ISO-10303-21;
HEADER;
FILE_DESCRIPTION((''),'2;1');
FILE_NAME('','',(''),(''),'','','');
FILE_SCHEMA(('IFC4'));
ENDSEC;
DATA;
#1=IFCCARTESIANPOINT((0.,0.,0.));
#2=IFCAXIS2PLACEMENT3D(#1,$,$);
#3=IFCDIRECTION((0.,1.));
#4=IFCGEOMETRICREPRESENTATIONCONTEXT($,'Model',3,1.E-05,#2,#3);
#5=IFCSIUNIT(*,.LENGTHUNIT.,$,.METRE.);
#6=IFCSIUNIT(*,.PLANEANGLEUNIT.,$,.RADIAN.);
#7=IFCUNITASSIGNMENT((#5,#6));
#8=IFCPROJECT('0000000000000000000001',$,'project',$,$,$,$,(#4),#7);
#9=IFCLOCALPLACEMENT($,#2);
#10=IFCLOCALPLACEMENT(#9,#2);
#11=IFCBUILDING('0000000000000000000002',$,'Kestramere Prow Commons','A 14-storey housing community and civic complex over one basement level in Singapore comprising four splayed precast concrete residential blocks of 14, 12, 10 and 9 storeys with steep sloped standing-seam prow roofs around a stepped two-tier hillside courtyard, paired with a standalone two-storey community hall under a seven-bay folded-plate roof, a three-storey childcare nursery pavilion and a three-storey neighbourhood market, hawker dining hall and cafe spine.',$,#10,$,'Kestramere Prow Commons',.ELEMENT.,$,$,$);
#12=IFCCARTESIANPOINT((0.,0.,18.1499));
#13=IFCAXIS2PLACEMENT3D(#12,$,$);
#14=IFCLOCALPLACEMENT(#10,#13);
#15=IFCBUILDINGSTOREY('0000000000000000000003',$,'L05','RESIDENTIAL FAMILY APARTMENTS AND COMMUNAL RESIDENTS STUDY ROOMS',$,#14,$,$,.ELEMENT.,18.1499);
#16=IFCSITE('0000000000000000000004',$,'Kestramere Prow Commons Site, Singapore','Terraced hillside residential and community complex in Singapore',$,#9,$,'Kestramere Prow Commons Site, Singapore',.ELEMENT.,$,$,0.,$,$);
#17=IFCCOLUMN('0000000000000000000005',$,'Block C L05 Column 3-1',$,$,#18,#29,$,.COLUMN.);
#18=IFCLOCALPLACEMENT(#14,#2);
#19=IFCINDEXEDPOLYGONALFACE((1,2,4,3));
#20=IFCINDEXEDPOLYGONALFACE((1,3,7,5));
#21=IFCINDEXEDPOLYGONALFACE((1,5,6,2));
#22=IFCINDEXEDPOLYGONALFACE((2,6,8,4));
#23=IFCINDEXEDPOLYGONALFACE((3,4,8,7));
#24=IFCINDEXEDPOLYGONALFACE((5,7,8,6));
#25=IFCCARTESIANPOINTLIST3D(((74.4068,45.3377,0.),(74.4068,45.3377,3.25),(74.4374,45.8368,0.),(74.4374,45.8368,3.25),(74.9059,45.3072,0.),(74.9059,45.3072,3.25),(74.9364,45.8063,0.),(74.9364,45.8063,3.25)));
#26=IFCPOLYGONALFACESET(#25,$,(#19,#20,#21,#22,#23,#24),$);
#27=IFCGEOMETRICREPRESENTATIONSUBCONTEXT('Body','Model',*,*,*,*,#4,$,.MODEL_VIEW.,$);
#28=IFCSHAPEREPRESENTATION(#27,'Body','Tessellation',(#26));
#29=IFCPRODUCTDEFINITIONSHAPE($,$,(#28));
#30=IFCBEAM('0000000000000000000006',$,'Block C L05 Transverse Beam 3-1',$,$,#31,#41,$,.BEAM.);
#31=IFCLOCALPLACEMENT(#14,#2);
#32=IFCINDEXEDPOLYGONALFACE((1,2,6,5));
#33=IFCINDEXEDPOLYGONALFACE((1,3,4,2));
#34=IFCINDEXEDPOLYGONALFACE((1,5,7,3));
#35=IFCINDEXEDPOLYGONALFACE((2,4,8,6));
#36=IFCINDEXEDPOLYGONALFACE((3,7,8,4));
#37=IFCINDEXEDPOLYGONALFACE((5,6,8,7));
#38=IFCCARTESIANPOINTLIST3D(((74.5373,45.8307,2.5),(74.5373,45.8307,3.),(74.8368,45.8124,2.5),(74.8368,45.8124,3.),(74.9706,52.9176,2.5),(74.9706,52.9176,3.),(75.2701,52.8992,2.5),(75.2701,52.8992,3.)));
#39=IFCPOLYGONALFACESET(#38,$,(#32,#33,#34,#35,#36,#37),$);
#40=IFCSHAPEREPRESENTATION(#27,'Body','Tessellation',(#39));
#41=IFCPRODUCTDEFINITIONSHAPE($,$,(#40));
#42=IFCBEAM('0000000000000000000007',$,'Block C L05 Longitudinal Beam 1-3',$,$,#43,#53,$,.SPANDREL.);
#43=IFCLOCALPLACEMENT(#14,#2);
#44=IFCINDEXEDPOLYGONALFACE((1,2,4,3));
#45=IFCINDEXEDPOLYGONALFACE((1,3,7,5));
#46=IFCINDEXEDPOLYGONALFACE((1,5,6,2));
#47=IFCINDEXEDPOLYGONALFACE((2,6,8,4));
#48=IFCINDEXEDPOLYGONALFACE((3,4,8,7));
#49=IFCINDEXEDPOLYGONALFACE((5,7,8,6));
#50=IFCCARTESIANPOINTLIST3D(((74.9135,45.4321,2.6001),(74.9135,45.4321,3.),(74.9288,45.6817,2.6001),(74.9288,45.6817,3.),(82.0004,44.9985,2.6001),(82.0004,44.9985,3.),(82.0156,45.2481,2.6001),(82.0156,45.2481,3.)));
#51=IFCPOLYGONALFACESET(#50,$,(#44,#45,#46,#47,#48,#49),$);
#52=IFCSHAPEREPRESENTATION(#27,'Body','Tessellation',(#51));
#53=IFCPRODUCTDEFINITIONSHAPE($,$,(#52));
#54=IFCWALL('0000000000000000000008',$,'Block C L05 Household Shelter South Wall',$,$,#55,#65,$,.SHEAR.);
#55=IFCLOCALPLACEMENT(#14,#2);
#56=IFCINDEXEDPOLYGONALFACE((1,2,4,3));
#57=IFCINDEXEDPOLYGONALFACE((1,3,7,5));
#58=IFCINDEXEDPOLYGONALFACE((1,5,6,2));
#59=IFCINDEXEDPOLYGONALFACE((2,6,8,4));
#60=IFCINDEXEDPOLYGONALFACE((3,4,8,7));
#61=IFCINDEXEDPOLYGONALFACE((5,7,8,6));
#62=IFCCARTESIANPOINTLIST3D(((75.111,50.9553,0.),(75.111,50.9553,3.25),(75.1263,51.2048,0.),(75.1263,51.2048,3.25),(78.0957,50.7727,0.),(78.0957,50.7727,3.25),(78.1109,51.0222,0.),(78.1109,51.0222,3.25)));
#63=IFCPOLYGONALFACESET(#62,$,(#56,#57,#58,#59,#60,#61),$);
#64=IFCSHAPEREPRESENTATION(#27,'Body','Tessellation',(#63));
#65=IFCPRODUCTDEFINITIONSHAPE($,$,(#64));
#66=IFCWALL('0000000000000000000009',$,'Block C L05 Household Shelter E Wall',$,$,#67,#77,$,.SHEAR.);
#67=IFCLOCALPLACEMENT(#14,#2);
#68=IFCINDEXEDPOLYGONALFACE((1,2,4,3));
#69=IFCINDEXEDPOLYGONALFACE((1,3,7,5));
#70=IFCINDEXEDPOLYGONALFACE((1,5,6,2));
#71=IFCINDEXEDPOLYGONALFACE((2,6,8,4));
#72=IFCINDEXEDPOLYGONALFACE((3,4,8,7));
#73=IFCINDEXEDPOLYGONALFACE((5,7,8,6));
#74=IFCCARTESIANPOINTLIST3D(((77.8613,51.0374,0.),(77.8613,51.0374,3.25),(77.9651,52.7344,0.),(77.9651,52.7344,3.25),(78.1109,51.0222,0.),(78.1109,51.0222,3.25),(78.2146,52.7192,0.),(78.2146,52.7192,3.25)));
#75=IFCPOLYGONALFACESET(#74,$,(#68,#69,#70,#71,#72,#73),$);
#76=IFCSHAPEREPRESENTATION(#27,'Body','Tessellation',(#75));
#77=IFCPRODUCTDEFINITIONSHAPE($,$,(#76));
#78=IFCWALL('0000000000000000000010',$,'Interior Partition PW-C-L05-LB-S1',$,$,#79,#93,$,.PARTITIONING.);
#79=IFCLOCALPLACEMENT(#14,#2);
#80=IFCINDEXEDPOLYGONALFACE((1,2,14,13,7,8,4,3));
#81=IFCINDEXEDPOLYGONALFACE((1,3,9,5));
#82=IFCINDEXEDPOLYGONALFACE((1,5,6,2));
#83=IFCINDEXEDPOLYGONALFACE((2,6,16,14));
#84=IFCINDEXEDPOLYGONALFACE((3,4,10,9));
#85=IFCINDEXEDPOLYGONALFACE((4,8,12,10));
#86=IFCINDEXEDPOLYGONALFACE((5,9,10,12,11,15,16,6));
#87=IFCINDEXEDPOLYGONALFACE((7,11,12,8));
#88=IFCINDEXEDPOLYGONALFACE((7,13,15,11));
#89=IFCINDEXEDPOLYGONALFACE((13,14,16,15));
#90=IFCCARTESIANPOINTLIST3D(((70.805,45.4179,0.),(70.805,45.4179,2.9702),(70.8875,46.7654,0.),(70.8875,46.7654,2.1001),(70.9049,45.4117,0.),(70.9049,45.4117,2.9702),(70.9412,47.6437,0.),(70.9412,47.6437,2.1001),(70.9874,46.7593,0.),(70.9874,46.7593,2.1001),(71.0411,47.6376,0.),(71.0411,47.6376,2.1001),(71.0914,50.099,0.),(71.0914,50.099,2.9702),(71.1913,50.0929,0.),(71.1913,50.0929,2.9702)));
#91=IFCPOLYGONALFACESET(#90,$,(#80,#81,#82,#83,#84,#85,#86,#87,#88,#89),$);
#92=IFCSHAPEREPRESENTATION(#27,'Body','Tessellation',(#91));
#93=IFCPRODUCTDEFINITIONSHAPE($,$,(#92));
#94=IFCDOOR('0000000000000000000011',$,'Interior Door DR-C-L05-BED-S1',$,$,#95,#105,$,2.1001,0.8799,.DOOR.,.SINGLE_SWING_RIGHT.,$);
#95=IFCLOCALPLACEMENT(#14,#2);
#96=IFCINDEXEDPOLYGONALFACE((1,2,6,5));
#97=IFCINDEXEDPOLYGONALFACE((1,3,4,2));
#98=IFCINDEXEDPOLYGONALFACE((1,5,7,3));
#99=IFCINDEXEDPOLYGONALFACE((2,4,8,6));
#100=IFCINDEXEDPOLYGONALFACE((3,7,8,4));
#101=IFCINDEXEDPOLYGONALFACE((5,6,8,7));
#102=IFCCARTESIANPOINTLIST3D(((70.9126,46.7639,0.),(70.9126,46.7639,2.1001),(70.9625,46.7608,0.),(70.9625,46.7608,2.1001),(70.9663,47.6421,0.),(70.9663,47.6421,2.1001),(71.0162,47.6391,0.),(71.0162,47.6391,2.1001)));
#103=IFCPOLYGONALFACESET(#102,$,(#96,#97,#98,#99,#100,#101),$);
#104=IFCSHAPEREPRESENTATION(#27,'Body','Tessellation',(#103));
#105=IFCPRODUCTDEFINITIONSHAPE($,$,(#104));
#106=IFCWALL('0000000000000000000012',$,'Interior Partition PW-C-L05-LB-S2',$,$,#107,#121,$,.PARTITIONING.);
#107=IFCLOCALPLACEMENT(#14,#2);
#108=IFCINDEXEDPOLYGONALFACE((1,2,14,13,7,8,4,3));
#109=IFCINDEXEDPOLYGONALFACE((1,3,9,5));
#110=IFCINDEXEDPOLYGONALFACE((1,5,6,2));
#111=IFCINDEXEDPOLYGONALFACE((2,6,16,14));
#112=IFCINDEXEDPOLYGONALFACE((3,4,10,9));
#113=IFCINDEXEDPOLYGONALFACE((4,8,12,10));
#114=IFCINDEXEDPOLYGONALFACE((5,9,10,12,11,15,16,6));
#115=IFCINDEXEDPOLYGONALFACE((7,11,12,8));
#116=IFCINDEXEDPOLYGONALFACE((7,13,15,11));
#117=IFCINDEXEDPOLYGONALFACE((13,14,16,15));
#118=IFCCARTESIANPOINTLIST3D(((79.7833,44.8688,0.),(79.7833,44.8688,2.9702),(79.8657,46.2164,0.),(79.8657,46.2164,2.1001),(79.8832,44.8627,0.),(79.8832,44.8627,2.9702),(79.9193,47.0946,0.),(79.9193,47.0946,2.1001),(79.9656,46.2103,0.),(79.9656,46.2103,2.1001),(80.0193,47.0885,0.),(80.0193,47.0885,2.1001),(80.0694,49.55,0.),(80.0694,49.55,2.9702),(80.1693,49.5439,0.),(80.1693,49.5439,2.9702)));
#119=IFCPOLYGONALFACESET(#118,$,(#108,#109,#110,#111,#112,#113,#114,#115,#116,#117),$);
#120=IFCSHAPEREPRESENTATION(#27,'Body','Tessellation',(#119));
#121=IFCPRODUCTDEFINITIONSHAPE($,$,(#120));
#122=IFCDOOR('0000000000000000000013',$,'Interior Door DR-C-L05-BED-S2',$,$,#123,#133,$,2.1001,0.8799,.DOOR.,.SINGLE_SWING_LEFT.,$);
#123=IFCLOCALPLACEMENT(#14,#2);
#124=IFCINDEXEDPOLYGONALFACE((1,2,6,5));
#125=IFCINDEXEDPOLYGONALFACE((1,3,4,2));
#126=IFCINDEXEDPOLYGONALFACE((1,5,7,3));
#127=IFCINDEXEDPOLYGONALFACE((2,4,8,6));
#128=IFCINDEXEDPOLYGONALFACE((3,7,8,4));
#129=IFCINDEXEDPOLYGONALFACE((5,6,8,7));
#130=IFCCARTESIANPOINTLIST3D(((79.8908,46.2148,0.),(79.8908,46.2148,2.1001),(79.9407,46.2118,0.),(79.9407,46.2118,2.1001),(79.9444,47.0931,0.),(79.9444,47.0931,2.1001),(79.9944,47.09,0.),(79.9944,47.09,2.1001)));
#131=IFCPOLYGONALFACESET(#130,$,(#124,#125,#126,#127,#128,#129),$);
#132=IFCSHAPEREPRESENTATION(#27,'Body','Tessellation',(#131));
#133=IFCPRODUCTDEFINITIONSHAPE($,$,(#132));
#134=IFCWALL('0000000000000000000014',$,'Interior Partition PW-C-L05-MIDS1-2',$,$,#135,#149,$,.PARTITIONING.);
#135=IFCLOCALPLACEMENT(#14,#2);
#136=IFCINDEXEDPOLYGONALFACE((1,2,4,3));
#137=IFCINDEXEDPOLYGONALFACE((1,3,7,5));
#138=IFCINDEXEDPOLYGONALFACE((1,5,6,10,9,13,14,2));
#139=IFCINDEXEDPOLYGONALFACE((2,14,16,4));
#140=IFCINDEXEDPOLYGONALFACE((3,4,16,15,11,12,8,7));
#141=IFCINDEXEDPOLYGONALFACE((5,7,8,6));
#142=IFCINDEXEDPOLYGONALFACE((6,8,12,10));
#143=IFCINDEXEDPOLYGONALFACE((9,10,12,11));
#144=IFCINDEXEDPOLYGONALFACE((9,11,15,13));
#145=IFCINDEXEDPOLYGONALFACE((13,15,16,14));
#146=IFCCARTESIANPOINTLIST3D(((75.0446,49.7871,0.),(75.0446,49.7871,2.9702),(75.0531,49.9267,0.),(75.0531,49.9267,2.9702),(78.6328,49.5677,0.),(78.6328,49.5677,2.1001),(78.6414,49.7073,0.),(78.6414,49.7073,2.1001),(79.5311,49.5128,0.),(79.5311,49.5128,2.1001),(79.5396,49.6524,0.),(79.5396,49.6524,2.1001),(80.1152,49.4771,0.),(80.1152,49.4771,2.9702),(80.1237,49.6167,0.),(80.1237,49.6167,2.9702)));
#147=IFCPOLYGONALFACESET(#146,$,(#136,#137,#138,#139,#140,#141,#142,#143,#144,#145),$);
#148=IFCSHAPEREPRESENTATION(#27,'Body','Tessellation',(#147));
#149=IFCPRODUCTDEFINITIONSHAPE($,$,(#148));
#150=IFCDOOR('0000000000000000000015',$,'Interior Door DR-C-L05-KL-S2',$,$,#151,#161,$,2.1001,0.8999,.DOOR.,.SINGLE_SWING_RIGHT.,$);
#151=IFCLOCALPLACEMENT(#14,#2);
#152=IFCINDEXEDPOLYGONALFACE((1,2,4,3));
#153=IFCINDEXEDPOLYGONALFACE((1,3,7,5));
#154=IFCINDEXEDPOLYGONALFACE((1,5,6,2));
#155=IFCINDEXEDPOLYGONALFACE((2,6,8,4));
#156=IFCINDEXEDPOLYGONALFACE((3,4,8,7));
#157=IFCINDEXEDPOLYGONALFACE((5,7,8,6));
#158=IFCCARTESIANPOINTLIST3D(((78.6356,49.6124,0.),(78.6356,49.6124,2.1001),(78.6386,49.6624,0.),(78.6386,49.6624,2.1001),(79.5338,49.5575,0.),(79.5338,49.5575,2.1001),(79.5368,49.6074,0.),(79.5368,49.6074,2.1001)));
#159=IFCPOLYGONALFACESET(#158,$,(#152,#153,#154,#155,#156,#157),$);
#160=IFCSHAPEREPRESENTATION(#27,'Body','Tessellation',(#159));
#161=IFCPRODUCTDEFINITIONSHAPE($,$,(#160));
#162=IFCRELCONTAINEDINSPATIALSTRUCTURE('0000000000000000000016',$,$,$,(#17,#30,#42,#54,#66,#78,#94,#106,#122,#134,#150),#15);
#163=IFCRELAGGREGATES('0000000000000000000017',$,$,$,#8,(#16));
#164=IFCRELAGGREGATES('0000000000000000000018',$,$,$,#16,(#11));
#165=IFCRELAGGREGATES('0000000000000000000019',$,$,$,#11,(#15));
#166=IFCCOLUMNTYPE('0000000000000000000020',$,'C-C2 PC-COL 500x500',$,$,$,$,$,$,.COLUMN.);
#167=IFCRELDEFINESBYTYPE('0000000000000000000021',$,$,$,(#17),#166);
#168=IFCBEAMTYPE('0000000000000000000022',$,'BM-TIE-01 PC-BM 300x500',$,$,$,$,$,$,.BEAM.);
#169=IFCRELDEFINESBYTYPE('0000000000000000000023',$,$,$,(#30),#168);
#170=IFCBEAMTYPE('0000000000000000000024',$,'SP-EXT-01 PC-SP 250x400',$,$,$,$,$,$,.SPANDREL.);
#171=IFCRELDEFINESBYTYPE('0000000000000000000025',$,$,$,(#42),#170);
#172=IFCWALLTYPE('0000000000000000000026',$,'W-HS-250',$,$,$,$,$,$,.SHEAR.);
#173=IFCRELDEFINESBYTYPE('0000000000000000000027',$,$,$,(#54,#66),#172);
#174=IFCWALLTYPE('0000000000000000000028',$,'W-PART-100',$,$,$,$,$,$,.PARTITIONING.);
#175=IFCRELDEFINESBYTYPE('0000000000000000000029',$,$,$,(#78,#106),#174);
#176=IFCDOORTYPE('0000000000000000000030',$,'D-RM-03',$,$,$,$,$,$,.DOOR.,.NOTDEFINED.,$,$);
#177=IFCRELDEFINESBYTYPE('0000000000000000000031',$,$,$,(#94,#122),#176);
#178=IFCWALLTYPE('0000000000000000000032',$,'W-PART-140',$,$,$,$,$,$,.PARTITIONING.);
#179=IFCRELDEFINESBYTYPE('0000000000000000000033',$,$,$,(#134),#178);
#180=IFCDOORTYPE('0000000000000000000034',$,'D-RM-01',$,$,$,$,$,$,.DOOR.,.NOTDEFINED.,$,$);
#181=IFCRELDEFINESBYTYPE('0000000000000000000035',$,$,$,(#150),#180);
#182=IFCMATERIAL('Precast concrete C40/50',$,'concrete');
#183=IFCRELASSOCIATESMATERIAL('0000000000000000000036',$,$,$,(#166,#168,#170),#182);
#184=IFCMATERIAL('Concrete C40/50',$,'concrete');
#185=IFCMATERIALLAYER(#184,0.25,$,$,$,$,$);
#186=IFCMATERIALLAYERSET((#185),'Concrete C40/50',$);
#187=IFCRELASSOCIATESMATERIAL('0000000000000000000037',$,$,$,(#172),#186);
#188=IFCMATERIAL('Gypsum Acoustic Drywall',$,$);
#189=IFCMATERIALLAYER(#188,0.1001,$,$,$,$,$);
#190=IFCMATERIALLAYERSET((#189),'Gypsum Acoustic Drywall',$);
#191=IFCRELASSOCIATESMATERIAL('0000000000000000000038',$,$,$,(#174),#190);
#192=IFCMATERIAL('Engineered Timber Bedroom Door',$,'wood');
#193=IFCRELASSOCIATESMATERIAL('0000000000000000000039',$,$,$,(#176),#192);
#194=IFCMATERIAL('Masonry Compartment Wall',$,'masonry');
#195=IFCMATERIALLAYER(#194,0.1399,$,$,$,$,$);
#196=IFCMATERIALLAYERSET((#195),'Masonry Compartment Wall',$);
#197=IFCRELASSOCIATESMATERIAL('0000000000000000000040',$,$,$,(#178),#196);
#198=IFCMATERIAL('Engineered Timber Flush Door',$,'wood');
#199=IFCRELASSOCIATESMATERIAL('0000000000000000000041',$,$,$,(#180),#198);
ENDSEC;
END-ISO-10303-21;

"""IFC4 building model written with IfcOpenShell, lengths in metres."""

from ifc_helpers import new_model, si_unit, direction, frame, frame_2d, origin, origin_2d, place, context, subcontext, project, spatial, rectangle, extrude, material, layer, layer_set, material_profile, profile_set, type_object, element, fill, save


model = new_model("IFC4")

# Units and contexts
model_context = context("Model", 3, precision=1e-05, world=origin(), true_north=direction((0.0, 1.0)))
body_context = subcontext(model_context, "Body", "Model", "MODEL_VIEW")
ifc_project = project(units=[si_unit("LENGTHUNIT", "METRE"), si_unit("PLANEANGLEUNIT", "RADIAN")], contexts=[model_context])

# Site, building, storey
site_placement = place(None, origin())
site = spatial("IfcSite", under=ifc_project, at=site_placement, Name="Kestramere Prow Commons Site, Singapore", Description="Terraced hillside residential and community complex in Singapore", LongName="Kestramere Prow Commons Site, Singapore", CompositionType="ELEMENT", RefElevation=0.0)
building_placement = place(site_placement, origin())
building = spatial("IfcBuilding", under=site, at=building_placement, Name="Kestramere Prow Commons", Description="A 14-storey housing community and civic complex over one basement level in Singapore comprising four splayed precast concrete residential blocks of 14, 12, 10 and 9 storeys with steep sloped standing-seam prow roofs around a stepped two-tier hillside courtyard, paired with a standalone two-storey community hall under a seven-bay folded-plate roof, a three-storey childcare nursery pavilion and a three-storey neighbourhood market, hawker dining hall and cafe spine.", LongName="Kestramere Prow Commons", CompositionType="ELEMENT")
storey_placement = place(building_placement, frame((0.0, 0.0, 18.1499)))
storey = spatial("IfcBuildingStorey", under=building, at=storey_placement, Name="L05", Description="RESIDENTIAL FAMILY APARTMENTS AND COMMUNAL RESIDENTS STUDY ROOMS", CompositionType="ELEMENT", Elevation=18.1499)

# Column
ifc_material_1 = material(Name="Precast concrete C40/50", Category="concrete")
ifc_material_profile_1 = material_profile(ifc_material_1, rectangle(XDim=0.5, YDim=0.5, at=origin_2d()), Name="PC-COL 500x500")
ifc_profile_set_1 = profile_set([ifc_material_profile_1], Name="Precast concrete C40/50")
column_type = type_object("IfcColumnType", Name="C-C2 PC-COL 500x500", PredefinedType="COLUMN", material=ifc_profile_set_1)
column_placement = place(storey_placement, frame((74.6716, 45.572, 0.0), z_axis=(0.0, 0.0, 1.0), x_axis=(0.998135, -0.061049, 0.0)))
element("IfcColumn", 1, at=column_placement, inside=storey, type_object=column_type, Name="Block C L05 Column 3-1", PredefinedType="COLUMN", context=body_context, shape_type="SweptSolid", body=[
    extrude(rectangle(XDim=0.5, YDim=0.5, at=origin_2d()), origin(), (0.0, 0.0, 1.0), 3.25),
])

# Beams
ifc_material_profile_2 = material_profile(ifc_material_1, rectangle(XDim=0.3, YDim=0.5, at=origin_2d()), Name="PC-BM 300x500")
ifc_profile_set_2 = profile_set([ifc_material_profile_2], Name="Precast concrete C40/50")
beam_type_1 = type_object("IfcBeamType", Name="BM-TIE-01 PC-BM 300x500", PredefinedType="BEAM", material=ifc_profile_set_2)
beam_1_placement = place(storey_placement, frame((74.687, 45.8215, 2.75), z_axis=(0.061034, 0.998136, 0.0), x_axis=(-0.998136, 0.061034, 0.0)))
element("IfcBeam", 2, at=beam_1_placement, inside=storey, type_object=beam_type_1, Name="Block C L05 Transverse Beam 3-1", PredefinedType="BEAM", context=body_context, shape_type="SweptSolid", body=[
    extrude(rectangle(XDim=0.3, YDim=0.5, at=origin_2d()), origin(), (0.0, 0.0, 1.0), 7.1001),
])
ifc_material_profile_3 = material_profile(ifc_material_1, rectangle(XDim=0.25, YDim=0.3999, at=origin_2d()), Name="PC-SP 250x400")
ifc_profile_set_3 = profile_set([ifc_material_profile_3], Name="Precast concrete C40/50")
beam_type_2 = type_object("IfcBeamType", Name="SP-EXT-01 PC-SP 250x400", PredefinedType="SPANDREL", material=ifc_profile_set_3)
beam_2_placement = place(storey_placement, frame((74.9211, 45.5569, 2.8), z_axis=(0.998134, -0.061068, 0.0), x_axis=(0.061068, 0.998134, 0.0)))
element("IfcBeam", 3, at=beam_2_placement, inside=storey, type_object=beam_type_2, Name="Block C L05 Longitudinal Beam 1-3", PredefinedType="SPANDREL", context=body_context, shape_type="SweptSolid", body=[
    extrude(rectangle(XDim=0.25, YDim=0.3999, at=origin_2d()), origin(), (0.0, 0.0, 1.0), 7.1001),
])

# Walls
ifc_material_2 = material(Name="Concrete C40/50", Category="concrete")
ifc_layer_1 = layer(ifc_material_2, 0.25)
ifc_layer_set_1 = layer_set([ifc_layer_1], Name="Concrete C40/50")
wall_type_1 = type_object("IfcWallType", Name="W-HS-250", PredefinedType="SHEAR", material=ifc_layer_set_1)
wall_1_placement = place(storey_placement, frame((75.1187, 51.0801, 0.0), z_axis=(0.0, 0.0, 1.0), x_axis=(0.998133, -0.061072, 0.0)))
element("IfcWall", 4, at=wall_1_placement, inside=storey, type_object=wall_type_1, Name="Block C L05 Household Shelter South Wall", PredefinedType="SHEAR", context=body_context, shape_type="SweptSolid", body=[
    extrude(rectangle(XDim=2.9902, YDim=0.25, at=frame_2d((1.4951, 0.0))), origin(), (0.0, 0.0, 1.0), 3.25),
])
wall_2_placement = place(storey_placement, frame((77.9861, 51.0298, 0.0), z_axis=(0.0, 0.0, 1.0), x_axis=(0.061028, 0.998136, 0.0)))
element("IfcWall", 5, at=wall_2_placement, inside=storey, type_object=wall_type_1, Name="Block C L05 Household Shelter E Wall", PredefinedType="SHEAR", context=body_context, shape_type="SweptSolid", body=[
    extrude(rectangle(XDim=1.7002, YDim=0.25, at=frame_2d((0.8501, 0.0))), origin(), (0.0, 0.0, 1.0), 3.25),
])

# Walls, openings, doors
ifc_material_3 = material(Name="Gypsum Acoustic Drywall")
ifc_layer_2 = layer(ifc_material_3, 0.1001)
ifc_layer_set_2 = layer_set([ifc_layer_2], Name="Gypsum Acoustic Drywall")
wall_type_2 = type_object("IfcWallType", Name="W-PART-100", PredefinedType="PARTITIONING", material=ifc_layer_set_2)
wall_3_placement = place(storey_placement, frame((70.855, 45.4148, 0.0), z_axis=(0.0, 0.0, 1.0), x_axis=(0.061062, 0.998134, 0.0)))
wall_3 = element("IfcWall", 6, at=wall_3_placement, inside=storey, type_object=wall_type_2, Name="Interior Partition PW-C-L05-LB-S1", PredefinedType="PARTITIONING", context=body_context, shape_type="SweptSolid", body=[
    extrude(rectangle(XDim=4.6899, YDim=0.1001, at=frame_2d((2.345, 0.0))), origin(), (0.0, 0.0, 1.0), 2.9702),
])
opening_1_placement = place(wall_3_placement, frame((1.3501, 0.0, 0.0)))
opening_1 = element("IfcOpeningElement", 7, at=opening_1_placement, cuts=wall_3, PredefinedType="OPENING", context=body_context, shape_type="SweptSolid", body=[
    extrude(rectangle(XDim=0.8799, YDim=2.1001, at=frame_2d((0.4399, 1.05))), frame((0.0, 0.0649, 0.0), z_axis=(0.0, -1.0, 0.0), x_axis=(1.0, 0.0, 0.0)), (0.0, 0.0, 1.0), 0.1301),
])
ifc_material_4 = material(Name="Engineered Timber Bedroom Door", Category="wood")
door_type_1 = type_object("IfcDoorType", Name="D-RM-03", OperationType="NOTDEFINED", PredefinedType="DOOR", material=ifc_material_4)
door_1_placement = place(opening_1_placement, origin())
door_1 = element("IfcDoor", 8, at=door_1_placement, inside=storey, type_object=door_type_1, Name="Interior Door DR-C-L05-BED-S1", OperationType="SINGLE_SWING_RIGHT", OverallHeight=2.1001, OverallWidth=0.8799, PredefinedType="DOOR", context=body_context, shape_type="SweptSolid", body=[
    extrude(rectangle(XDim=0.8799, YDim=2.1001, at=frame_2d((0.4399, 1.05))), frame((0.0, 0.0249, 0.0), z_axis=(0.0, -1.0, 0.0), x_axis=(1.0, 0.0, 0.0)), (0.0, 0.0, 1.0), 0.05),
])
fill(opening_1, door_1)
wall_4_placement = place(storey_placement, frame((79.8333, 44.8657, 0.0), z_axis=(0.0, 0.0, 1.0), x_axis=(0.061011, 0.998137, 0.0)))
wall_4 = element("IfcWall", 9, at=wall_4_placement, inside=storey, type_object=wall_type_2, Name="Interior Partition PW-C-L05-LB-S2", PredefinedType="PARTITIONING", context=body_context, shape_type="SweptSolid", body=[
    extrude(rectangle(XDim=4.6899, YDim=0.1001, at=frame_2d((2.345, 0.0))), origin(), (0.0, 0.0, 1.0), 2.9702),
])
opening_2_placement = place(wall_4_placement, frame((1.3501, 0.0, 0.0)))
opening_2 = element("IfcOpeningElement", 10, at=opening_2_placement, cuts=wall_4, PredefinedType="OPENING", context=body_context, shape_type="SweptSolid", body=[
    extrude(rectangle(XDim=0.8799, YDim=2.1001, at=frame_2d((0.4399, 1.05))), frame((0.0, 0.0649, 0.0), z_axis=(0.0, -1.0, 0.0), x_axis=(1.0, 0.0, 0.0)), (0.0, 0.0, 1.0), 0.1301),
])
door_2_placement = place(opening_2_placement, origin())
door_2 = element("IfcDoor", 11, at=door_2_placement, inside=storey, type_object=door_type_1, Name="Interior Door DR-C-L05-BED-S2", OperationType="SINGLE_SWING_LEFT", OverallHeight=2.1001, OverallWidth=0.8799, PredefinedType="DOOR", context=body_context, shape_type="SweptSolid", body=[
    extrude(rectangle(XDim=0.8799, YDim=2.1001, at=frame_2d((0.4399, 1.05))), frame((0.0, 0.0249, 0.0), z_axis=(0.0, -1.0, 0.0), x_axis=(1.0, 0.0, 0.0)), (0.0, 0.0, 1.0), 0.05),
])
fill(opening_2, door_2)
ifc_material_5 = material(Name="Masonry Compartment Wall", Category="masonry")
ifc_layer_3 = layer(ifc_material_5, 0.1399)
ifc_layer_set_3 = layer_set([ifc_layer_3], Name="Masonry Compartment Wall")
wall_type_3 = type_object("IfcWallType", Name="W-PART-140", PredefinedType="PARTITIONING", material=ifc_layer_set_3)
wall_5_placement = place(storey_placement, frame((75.0488, 49.8569, 0.0), z_axis=(0.0, 0.0, 1.0), x_axis=(0.998136, -0.061035, 0.0)))
wall_5 = element("IfcWall", 12, at=wall_5_placement, inside=storey, type_object=wall_type_3, Name="Interior Partition PW-C-L05-MIDS1-2", PredefinedType="PARTITIONING", context=body_context, shape_type="SweptSolid", body=[
    extrude(rectangle(XDim=5.0801, YDim=0.1399, at=frame_2d((2.54, 0.0))), origin(), (0.0, 0.0, 1.0), 2.9702),
])
opening_3_placement = place(wall_5_placement, frame((3.595, 0.0, 0.0)))
opening_3 = element("IfcOpeningElement", 13, at=opening_3_placement, cuts=wall_5, PredefinedType="OPENING", context=body_context, shape_type="SweptSolid", body=[
    extrude(rectangle(XDim=0.8999, YDim=2.1001, at=frame_2d((0.45, 1.05))), frame((0.0, 0.085, 0.0), z_axis=(0.0, -1.0, 0.0), x_axis=(1.0, 0.0, 0.0)), (0.0, 0.0, 1.0), 0.1699),
])
ifc_material_6 = material(Name="Engineered Timber Flush Door", Category="wood")
door_type_2 = type_object("IfcDoorType", Name="D-RM-01", OperationType="NOTDEFINED", PredefinedType="DOOR", material=ifc_material_6)
door_3_placement = place(opening_3_placement, origin())
door_3 = element("IfcDoor", 14, at=door_3_placement, inside=storey, type_object=door_type_2, Name="Interior Door DR-C-L05-KL-S2", OperationType="SINGLE_SWING_RIGHT", OverallHeight=2.1001, OverallWidth=0.8999, PredefinedType="DOOR", context=body_context, shape_type="SweptSolid", body=[
    extrude(rectangle(XDim=0.8999, YDim=2.1001, at=frame_2d((0.45, 1.05))), frame((0.0, 0.0249, 0.0), z_axis=(0.0, -1.0, 0.0), x_axis=(1.0, 0.0, 0.0)), (0.0, 0.0, 1.0), 0.05),
])
fill(opening_3, door_3)

save(model, "model.ifc")
